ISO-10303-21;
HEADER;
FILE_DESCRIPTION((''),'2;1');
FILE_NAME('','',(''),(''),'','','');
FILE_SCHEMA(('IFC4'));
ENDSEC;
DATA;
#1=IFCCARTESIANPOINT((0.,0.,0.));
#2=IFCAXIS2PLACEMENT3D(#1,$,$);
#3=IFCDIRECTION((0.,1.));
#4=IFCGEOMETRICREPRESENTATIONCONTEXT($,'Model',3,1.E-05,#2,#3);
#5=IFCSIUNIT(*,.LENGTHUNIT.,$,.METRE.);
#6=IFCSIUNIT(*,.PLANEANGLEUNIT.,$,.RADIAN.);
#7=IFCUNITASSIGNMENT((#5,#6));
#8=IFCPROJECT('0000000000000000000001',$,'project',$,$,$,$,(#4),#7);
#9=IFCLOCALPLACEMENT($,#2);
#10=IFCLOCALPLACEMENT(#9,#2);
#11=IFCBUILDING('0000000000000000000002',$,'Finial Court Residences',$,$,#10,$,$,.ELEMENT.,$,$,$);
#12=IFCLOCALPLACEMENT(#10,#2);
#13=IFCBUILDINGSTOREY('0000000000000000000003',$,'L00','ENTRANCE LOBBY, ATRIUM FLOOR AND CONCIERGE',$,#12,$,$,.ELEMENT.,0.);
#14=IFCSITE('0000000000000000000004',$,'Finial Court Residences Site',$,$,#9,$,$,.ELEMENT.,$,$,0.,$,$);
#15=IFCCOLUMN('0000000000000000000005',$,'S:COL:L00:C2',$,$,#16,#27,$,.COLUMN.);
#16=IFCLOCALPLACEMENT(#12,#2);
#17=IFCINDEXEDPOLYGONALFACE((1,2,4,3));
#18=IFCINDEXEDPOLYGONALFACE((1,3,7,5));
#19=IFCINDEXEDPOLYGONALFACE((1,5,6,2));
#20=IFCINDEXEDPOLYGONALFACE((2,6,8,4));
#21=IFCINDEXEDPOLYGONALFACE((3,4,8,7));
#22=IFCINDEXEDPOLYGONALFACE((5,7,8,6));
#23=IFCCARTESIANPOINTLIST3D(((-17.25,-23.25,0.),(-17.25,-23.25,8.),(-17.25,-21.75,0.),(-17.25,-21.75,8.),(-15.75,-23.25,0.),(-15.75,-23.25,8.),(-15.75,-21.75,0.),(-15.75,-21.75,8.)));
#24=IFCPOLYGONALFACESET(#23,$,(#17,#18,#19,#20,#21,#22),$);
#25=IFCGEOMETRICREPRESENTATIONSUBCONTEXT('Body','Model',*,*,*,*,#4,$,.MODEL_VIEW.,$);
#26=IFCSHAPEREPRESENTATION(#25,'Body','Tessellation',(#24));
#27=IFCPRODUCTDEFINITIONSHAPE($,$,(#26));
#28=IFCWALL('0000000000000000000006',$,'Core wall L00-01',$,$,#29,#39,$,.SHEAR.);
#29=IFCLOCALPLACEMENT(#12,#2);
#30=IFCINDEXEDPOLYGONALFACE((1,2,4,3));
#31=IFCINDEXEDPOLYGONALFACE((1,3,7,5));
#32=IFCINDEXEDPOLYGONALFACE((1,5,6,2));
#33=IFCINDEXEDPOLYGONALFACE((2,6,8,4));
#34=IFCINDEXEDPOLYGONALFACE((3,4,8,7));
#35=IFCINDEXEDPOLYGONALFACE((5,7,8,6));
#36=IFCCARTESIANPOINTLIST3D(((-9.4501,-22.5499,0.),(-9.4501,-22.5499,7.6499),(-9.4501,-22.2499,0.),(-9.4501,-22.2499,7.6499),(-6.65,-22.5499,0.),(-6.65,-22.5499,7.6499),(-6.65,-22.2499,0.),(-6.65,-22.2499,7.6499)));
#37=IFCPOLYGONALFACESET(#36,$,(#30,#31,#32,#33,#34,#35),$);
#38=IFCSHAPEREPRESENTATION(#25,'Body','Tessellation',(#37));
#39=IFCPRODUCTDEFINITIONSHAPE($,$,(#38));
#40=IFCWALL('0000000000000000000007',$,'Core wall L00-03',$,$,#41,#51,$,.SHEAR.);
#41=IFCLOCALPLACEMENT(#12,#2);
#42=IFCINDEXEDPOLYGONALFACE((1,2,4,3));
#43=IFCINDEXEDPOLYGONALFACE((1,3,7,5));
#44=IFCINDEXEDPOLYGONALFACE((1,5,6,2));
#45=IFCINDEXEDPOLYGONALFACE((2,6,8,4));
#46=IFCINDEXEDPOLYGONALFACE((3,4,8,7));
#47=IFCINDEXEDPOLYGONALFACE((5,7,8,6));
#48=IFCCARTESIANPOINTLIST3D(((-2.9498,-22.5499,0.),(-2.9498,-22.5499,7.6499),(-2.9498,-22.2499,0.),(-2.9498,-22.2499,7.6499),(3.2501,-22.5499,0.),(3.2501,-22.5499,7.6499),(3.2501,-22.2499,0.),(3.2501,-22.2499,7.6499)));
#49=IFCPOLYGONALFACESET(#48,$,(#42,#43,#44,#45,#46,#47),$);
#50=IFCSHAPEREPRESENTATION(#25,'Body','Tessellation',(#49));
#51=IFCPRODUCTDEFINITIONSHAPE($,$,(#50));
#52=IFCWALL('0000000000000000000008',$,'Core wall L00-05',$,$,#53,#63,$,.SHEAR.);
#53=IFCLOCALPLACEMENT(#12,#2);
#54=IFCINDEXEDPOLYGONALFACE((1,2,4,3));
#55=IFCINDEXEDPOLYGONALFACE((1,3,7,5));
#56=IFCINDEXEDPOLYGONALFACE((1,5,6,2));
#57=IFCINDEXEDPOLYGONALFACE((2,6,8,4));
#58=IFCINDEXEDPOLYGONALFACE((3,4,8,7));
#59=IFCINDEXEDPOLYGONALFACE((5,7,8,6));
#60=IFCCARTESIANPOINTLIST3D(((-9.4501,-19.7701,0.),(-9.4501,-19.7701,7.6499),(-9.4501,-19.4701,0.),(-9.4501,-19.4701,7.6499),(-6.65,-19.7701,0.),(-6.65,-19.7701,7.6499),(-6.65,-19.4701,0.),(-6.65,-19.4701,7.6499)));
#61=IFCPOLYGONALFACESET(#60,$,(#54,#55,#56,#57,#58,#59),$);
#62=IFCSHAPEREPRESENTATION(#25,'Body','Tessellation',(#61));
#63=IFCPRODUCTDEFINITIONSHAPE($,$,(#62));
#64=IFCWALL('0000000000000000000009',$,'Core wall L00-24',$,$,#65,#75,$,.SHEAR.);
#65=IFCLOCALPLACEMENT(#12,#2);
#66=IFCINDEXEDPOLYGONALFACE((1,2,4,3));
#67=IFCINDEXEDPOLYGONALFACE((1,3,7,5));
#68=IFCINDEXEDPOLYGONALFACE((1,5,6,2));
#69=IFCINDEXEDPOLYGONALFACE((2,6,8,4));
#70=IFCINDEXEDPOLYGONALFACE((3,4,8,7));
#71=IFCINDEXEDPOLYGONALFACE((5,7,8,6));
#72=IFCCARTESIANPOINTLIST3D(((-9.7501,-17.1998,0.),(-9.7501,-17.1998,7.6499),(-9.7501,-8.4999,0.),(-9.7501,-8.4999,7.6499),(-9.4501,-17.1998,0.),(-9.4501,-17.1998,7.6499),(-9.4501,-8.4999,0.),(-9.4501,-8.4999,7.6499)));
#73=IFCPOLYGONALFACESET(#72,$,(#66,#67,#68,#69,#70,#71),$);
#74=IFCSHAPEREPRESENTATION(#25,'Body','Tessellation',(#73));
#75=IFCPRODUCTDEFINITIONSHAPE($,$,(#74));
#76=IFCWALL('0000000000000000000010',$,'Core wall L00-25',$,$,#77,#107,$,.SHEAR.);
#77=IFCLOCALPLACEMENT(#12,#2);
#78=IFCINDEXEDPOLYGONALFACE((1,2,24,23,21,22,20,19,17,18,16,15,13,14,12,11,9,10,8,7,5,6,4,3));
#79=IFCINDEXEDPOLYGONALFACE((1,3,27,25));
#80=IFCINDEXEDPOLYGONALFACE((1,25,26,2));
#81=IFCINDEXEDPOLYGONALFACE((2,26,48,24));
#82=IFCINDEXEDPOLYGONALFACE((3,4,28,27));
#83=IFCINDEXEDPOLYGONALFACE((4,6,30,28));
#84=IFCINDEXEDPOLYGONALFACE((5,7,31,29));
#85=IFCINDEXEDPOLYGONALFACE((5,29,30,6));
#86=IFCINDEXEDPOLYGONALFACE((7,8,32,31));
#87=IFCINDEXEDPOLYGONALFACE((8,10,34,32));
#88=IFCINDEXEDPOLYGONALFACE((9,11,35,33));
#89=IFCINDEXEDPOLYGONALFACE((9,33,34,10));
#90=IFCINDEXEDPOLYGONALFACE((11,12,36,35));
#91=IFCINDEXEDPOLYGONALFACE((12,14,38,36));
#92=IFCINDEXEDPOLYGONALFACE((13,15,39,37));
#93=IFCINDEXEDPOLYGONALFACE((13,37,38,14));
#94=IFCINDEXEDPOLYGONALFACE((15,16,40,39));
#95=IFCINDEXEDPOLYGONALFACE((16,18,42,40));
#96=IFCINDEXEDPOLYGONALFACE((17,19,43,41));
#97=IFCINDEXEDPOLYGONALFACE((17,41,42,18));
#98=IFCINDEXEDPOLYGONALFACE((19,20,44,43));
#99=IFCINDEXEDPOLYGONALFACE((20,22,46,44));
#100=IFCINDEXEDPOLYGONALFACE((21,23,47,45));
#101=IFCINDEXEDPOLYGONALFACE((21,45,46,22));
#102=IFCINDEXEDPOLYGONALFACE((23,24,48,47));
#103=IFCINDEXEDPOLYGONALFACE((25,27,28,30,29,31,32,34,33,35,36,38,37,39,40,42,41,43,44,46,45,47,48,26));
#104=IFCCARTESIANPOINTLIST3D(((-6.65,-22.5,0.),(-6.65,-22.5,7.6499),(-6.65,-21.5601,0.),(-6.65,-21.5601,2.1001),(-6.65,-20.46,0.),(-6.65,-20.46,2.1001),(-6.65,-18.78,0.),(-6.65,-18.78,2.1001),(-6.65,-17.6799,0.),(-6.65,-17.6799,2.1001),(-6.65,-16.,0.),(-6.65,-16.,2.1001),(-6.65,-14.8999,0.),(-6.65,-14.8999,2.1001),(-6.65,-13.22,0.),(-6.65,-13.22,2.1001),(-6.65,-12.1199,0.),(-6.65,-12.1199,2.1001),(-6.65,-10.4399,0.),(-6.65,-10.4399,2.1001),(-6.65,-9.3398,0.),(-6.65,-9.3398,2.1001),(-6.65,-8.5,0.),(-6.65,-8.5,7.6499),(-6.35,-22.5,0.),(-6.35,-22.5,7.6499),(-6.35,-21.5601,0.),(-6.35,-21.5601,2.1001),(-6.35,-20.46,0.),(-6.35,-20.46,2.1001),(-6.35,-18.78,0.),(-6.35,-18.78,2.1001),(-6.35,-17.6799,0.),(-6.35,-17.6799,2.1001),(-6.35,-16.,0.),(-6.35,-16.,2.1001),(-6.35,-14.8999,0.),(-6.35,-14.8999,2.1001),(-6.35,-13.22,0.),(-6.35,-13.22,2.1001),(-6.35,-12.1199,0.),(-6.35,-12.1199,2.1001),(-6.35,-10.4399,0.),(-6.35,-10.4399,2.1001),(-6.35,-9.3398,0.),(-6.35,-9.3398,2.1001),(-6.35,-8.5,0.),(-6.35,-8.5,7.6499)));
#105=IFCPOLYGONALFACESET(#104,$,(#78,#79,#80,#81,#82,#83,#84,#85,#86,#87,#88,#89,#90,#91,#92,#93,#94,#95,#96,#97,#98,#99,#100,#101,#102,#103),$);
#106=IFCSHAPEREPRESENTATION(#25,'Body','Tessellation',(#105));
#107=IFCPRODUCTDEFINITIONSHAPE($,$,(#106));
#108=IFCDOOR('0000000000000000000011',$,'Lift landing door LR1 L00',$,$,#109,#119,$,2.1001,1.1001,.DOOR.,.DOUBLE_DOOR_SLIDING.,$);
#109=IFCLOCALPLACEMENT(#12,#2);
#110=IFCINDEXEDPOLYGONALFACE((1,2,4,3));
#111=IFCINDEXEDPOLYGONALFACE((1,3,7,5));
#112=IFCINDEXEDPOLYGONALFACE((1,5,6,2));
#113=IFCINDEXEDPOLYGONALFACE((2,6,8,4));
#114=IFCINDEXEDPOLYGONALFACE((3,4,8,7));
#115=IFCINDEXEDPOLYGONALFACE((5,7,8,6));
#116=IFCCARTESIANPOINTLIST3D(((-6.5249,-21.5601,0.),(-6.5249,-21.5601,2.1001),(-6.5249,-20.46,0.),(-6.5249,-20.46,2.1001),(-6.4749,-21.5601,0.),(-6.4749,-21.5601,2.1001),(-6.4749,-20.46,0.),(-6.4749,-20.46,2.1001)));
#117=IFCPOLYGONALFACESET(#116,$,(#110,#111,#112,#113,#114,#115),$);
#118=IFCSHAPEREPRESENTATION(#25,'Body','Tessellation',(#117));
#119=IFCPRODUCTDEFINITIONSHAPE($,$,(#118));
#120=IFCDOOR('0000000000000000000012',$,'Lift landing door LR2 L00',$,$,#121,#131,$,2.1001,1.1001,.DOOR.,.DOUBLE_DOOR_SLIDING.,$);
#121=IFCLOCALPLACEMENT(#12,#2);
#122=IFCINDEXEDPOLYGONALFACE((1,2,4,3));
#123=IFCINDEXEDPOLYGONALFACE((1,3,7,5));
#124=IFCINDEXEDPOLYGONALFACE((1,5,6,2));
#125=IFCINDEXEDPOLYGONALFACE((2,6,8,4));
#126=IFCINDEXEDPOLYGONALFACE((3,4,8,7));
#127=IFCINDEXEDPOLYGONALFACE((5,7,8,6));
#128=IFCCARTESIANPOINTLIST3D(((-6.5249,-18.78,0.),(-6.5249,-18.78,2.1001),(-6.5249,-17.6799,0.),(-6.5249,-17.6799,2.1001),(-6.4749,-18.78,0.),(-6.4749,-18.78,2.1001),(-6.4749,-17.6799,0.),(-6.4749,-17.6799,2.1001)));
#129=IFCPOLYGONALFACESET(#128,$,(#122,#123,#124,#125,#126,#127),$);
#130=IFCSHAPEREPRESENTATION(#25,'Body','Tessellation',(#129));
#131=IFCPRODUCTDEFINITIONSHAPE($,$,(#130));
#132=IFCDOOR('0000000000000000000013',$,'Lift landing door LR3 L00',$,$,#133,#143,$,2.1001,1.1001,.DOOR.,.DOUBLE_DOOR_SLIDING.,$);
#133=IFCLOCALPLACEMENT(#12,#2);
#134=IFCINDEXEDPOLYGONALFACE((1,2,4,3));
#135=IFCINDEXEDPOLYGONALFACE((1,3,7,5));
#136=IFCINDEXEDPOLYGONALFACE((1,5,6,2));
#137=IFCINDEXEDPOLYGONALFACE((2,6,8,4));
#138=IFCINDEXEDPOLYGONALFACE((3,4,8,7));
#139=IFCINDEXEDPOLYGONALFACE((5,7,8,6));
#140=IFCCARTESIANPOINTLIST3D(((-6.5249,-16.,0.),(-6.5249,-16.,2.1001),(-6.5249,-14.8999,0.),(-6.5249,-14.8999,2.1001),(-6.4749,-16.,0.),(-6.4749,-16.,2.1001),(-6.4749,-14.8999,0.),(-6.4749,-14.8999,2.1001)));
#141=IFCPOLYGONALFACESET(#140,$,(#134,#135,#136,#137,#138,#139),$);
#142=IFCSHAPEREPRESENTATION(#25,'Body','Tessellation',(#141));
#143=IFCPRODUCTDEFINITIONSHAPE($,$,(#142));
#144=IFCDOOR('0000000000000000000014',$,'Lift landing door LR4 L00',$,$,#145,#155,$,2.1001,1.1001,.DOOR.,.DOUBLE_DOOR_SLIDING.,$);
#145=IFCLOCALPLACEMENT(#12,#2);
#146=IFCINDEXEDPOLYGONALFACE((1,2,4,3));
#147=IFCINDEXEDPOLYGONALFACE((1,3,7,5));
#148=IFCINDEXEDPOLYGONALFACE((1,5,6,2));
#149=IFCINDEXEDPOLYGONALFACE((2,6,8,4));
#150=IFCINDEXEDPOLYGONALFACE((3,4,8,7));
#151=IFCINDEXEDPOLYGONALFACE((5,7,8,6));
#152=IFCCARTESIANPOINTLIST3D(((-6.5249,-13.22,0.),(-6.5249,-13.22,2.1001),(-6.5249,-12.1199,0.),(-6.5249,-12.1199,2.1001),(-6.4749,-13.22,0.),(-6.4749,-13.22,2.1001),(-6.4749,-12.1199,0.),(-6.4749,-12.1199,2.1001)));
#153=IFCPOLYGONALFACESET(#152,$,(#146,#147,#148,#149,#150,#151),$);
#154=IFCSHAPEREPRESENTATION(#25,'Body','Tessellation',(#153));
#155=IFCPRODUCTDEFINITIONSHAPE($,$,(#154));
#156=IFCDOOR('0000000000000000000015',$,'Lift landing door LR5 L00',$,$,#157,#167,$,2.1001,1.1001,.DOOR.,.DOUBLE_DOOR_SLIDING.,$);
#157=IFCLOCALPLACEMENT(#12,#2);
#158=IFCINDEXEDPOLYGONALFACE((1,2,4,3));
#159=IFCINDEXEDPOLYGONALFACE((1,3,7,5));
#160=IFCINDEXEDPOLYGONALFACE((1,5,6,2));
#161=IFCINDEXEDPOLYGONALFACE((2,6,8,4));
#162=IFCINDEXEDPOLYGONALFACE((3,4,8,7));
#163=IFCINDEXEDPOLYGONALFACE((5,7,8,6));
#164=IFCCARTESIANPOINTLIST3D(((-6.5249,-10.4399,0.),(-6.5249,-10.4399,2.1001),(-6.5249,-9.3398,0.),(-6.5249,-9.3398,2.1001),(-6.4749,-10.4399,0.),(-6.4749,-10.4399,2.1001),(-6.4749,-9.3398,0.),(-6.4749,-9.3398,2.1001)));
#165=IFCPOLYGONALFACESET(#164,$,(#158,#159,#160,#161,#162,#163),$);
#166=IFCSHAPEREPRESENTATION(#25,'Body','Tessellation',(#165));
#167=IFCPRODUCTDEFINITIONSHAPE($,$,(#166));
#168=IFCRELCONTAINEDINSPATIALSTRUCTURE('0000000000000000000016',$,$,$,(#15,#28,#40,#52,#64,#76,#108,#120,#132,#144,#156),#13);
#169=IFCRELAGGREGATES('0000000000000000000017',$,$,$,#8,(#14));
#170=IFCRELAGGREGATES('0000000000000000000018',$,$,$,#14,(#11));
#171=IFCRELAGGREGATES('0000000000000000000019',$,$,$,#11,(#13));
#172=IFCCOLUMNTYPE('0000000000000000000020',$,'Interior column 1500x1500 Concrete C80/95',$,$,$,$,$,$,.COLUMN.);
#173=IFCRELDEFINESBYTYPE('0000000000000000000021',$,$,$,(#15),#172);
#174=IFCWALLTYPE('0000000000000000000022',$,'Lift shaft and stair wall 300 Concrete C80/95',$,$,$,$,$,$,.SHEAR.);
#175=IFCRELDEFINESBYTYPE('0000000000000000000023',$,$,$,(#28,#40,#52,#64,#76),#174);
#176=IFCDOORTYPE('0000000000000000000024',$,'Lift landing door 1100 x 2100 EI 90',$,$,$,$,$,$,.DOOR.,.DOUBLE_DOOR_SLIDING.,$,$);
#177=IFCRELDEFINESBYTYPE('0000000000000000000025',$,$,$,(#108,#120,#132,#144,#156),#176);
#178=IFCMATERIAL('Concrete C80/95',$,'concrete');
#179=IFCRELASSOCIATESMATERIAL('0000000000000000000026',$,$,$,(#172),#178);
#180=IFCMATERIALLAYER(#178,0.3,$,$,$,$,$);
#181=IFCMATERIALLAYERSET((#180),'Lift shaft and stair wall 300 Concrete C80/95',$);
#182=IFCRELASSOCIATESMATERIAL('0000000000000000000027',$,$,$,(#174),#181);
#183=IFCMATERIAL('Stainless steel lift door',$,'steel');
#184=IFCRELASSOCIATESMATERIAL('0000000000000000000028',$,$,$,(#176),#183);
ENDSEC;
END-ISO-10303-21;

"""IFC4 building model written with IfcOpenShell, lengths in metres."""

from ifc_helpers import new_model, si_unit, direction, frame, frame_2d, origin, origin_2d, place, context, subcontext, project, spatial, rectangle, extrude, material, layer, layer_set, material_profile, profile_set, type_object, element, fill, save


model = new_model("IFC4")

# Units and contexts
model_context = context("Model", 3, precision=1e-05, world=origin(), true_north=direction((0.0, 1.0)))
body_context = subcontext(model_context, "Body", "Model", "MODEL_VIEW")
ifc_project = project(units=[si_unit("LENGTHUNIT", "METRE"), si_unit("PLANEANGLEUNIT", "RADIAN")], contexts=[model_context])

# Site, building, storey
site_placement = place(None, origin())
site = spatial("IfcSite", under=ifc_project, at=site_placement, Name="Finial Court Residences Site", CompositionType="ELEMENT", RefElevation=0.0)
building_placement = place(site_placement, origin())
building = spatial("IfcBuilding", under=site, at=building_placement, Name="Finial Court Residences", CompositionType="ELEMENT")
storey_placement = place(building_placement, origin())
storey = spatial("IfcBuildingStorey", under=building, at=storey_placement, Name="L00", Description="ENTRANCE LOBBY, ATRIUM FLOOR AND CONCIERGE", CompositionType="ELEMENT", Elevation=0.0)

# Column
ifc_material_1 = material(Name="Concrete C80/95", Category="concrete")
ifc_material_profile = material_profile(ifc_material_1, rectangle(XDim=1.5, YDim=1.5, at=origin_2d()), Name="1500x1500")
ifc_profile_set = profile_set([ifc_material_profile], Name="Concrete C80/95")
column_type = type_object("IfcColumnType", Name="Interior column 1500x1500 Concrete C80/95", PredefinedType="COLUMN", material=ifc_profile_set)
column_placement = place(storey_placement, frame((-16.5, -22.5, 0.0), z_axis=(0.0, 0.0, 1.0), x_axis=(1.0, 0.0, 0.0)))
element("IfcColumn", 1, at=column_placement, inside=storey, type_object=column_type, Name="S:COL:L00:C2", PredefinedType="COLUMN", context=body_context, shape_type="SweptSolid", body=[
    extrude(rectangle(XDim=1.5, YDim=1.5, at=origin_2d()), origin(), (0.0, 0.0, 1.0), 8.0),
])

# Walls
ifc_layer_1 = layer(ifc_material_1, 0.3)
ifc_layer_set_1 = layer_set([ifc_layer_1], Name="Lift shaft and stair wall 300 Concrete C80/95")
wall_type_1 = type_object("IfcWallType", Name="Lift shaft and stair wall 300 Concrete C80/95", PredefinedType="SHEAR", material=ifc_layer_set_1)
wall_1_placement = place(storey_placement, frame((-9.45, -22.3999, 0.0), z_axis=(0.0, 0.0, 1.0), x_axis=(1.0, 0.0, 0.0)))
element("IfcWall", 2, at=wall_1_placement, inside=storey, type_object=wall_type_1, Name="Core wall L00-01", PredefinedType="SHEAR", context=body_context, shape_type="SweptSolid", body=[
    extrude(rectangle(XDim=2.8, YDim=0.3, at=frame_2d((1.3999, 0.0))), origin(), (0.0, 0.0, 1.0), 7.6499),
])
wall_2_placement = place(storey_placement, frame((-2.95, -22.3999, 0.0), z_axis=(0.0, 0.0, 1.0), x_axis=(1.0, 0.0, 0.0)))
element("IfcWall", 3, at=wall_2_placement, inside=storey, type_object=wall_type_1, Name="Core wall L00-03", PredefinedType="SHEAR", context=body_context, shape_type="SweptSolid", body=[
    extrude(rectangle(XDim=6.2, YDim=0.3, at=frame_2d((3.1001, 0.0))), origin(), (0.0, 0.0, 1.0), 7.6499),
])
wall_3_placement = place(storey_placement, frame((-9.45, -19.6201, 0.0), z_axis=(0.0, 0.0, 1.0), x_axis=(1.0, 0.0, 0.0)))
element("IfcWall", 4, at=wall_3_placement, inside=storey, type_object=wall_type_1, Name="Core wall L00-05", PredefinedType="SHEAR", context=body_context, shape_type="SweptSolid", body=[
    extrude(rectangle(XDim=2.8, YDim=0.3, at=frame_2d((1.3999, 0.0))), origin(), (0.0, 0.0, 1.0), 7.6499),
])
wall_4_placement = place(storey_placement, frame((-9.6001, -17.2, 0.0), z_axis=(0.0, 0.0, 1.0), x_axis=(0.0, 1.0, 0.0)))
element("IfcWall", 5, at=wall_4_placement, inside=storey, type_object=wall_type_1, Name="Core wall L00-24", PredefinedType="SHEAR", context=body_context, shape_type="SweptSolid", body=[
    extrude(rectangle(XDim=8.7, YDim=0.3, at=frame_2d((4.3501, 0.0))), origin(), (0.0, 0.0, 1.0), 7.6499),
])

# Wall, openings, doors
wall_5_placement = place(storey_placement, frame((-6.5, -22.5, 0.0), z_axis=(0.0, 0.0, 1.0), x_axis=(0.0, 1.0, 0.0)))
wall_5 = element("IfcWall", 6, at=wall_5_placement, inside=storey, type_object=wall_type_1, Name="Core wall L00-25", PredefinedType="SHEAR", context=body_context, shape_type="SweptSolid", body=[
    extrude(rectangle(XDim=14.0, YDim=0.3, at=frame_2d((7.0, 0.0))), origin(), (0.0, 0.0, 1.0), 7.6499),
])
opening_1_placement = place(wall_5_placement, frame((0.9399, 0.0, 0.0)))
opening_1 = element("IfcOpeningElement", 7, at=opening_1_placement, cuts=wall_5, PredefinedType="OPENING", context=body_context, shape_type="SweptSolid", body=[
    extrude(rectangle(XDim=1.1001, YDim=2.1001, at=frame_2d((0.55, 1.05))), frame((0.0, 0.1599, 0.0), z_axis=(0.0, -1.0, 0.0), x_axis=(1.0, 0.0, 0.0)), (0.0, 0.0, 1.0), 0.3201),
])
opening_2_placement = place(wall_5_placement, frame((3.72, 0.0, 0.0)))
opening_2 = element("IfcOpeningElement", 8, at=opening_2_placement, cuts=wall_5, PredefinedType="OPENING", context=body_context, shape_type="SweptSolid", body=[
    extrude(rectangle(XDim=1.1001, YDim=2.1001, at=frame_2d((0.55, 1.05))), frame((0.0, 0.1599, 0.0), z_axis=(0.0, -1.0, 0.0), x_axis=(1.0, 0.0, 0.0)), (0.0, 0.0, 1.0), 0.3201),
])
opening_3_placement = place(wall_5_placement, frame((6.5, 0.0, 0.0)))
opening_3 = element("IfcOpeningElement", 9, at=opening_3_placement, cuts=wall_5, PredefinedType="OPENING", context=body_context, shape_type="SweptSolid", body=[
    extrude(rectangle(XDim=1.1001, YDim=2.1001, at=frame_2d((0.55, 1.05))), frame((0.0, 0.1599, 0.0), z_axis=(0.0, -1.0, 0.0), x_axis=(1.0, 0.0, 0.0)), (0.0, 0.0, 1.0), 0.3201),
])
opening_4_placement = place(wall_5_placement, frame((9.28, 0.0, 0.0)))
opening_4 = element("IfcOpeningElement", 10, at=opening_4_placement, cuts=wall_5, PredefinedType="OPENING", context=body_context, shape_type="SweptSolid", body=[
    extrude(rectangle(XDim=1.1001, YDim=2.1001, at=frame_2d((0.55, 1.05))), frame((0.0, 0.1599, 0.0), z_axis=(0.0, -1.0, 0.0), x_axis=(1.0, 0.0, 0.0)), (0.0, 0.0, 1.0), 0.3201),
])
opening_5_placement = place(wall_5_placement, frame((12.0601, 0.0, 0.0)))
opening_5 = element("IfcOpeningElement", 11, at=opening_5_placement, cuts=wall_5, PredefinedType="OPENING", context=body_context, shape_type="SweptSolid", body=[
    extrude(rectangle(XDim=1.1001, YDim=2.1001, at=frame_2d((0.55, 1.05))), frame((0.0, 0.1599, 0.0), z_axis=(0.0, -1.0, 0.0), x_axis=(1.0, 0.0, 0.0)), (0.0, 0.0, 1.0), 0.3201),
])
ifc_material_2 = material(Name="Stainless steel lift door", Category="steel")
door_type_1 = type_object("IfcDoorType", Name="Lift landing door 1100 x 2100 EI 90", OperationType="DOUBLE_DOOR_SLIDING", PredefinedType="DOOR", material=ifc_material_2)
door_1_placement = place(opening_1_placement, origin())
door_1 = element("IfcDoor", 12, at=door_1_placement, inside=storey, type_object=door_type_1, Name="Lift landing door LR1 L00", OperationType="DOUBLE_DOOR_SLIDING", OverallHeight=2.1001, OverallWidth=1.1001, PredefinedType="DOOR", context=body_context, shape_type="SweptSolid", body=[
    extrude(rectangle(XDim=1.1001, YDim=2.1001, at=frame_2d((0.55, 1.05))), frame((0.0, 0.0249, 0.0), z_axis=(0.0, -1.0, 0.0), x_axis=(1.0, 0.0, 0.0)), (0.0, 0.0, 1.0), 0.05),
])
fill(opening_1, door_1)
door_2_placement = place(opening_2_placement, origin())
door_2 = element("IfcDoor", 13, at=door_2_placement, inside=storey, type_object=door_type_1, Name="Lift landing door LR2 L00", OperationType="DOUBLE_DOOR_SLIDING", OverallHeight=2.1001, OverallWidth=1.1001, PredefinedType="DOOR", context=body_context, shape_type="SweptSolid", body=[
    extrude(rectangle(XDim=1.1001, YDim=2.1001, at=frame_2d((0.55, 1.05))), frame((0.0, 0.0249, 0.0), z_axis=(0.0, -1.0, 0.0), x_axis=(1.0, 0.0, 0.0)), (0.0, 0.0, 1.0), 0.05),
])
fill(opening_2, door_2)
door_3_placement = place(opening_3_placement, origin())
door_3 = element("IfcDoor", 14, at=door_3_placement, inside=storey, type_object=door_type_1, Name="Lift landing door LR3 L00", OperationType="DOUBLE_DOOR_SLIDING", OverallHeight=2.1001, OverallWidth=1.1001, PredefinedType="DOOR", context=body_context, shape_type="SweptSolid", body=[
    extrude(rectangle(XDim=1.1001, YDim=2.1001, at=frame_2d((0.55, 1.05))), frame((0.0, 0.0249, 0.0), z_axis=(0.0, -1.0, 0.0), x_axis=(1.0, 0.0, 0.0)), (0.0, 0.0, 1.0), 0.05),
])
fill(opening_3, door_3)
door_4_placement = place(opening_4_placement, origin())
door_4 = element("IfcDoor", 15, at=door_4_placement, inside=storey, type_object=door_type_1, Name="Lift landing door LR4 L00", OperationType="DOUBLE_DOOR_SLIDING", OverallHeight=2.1001, OverallWidth=1.1001, PredefinedType="DOOR", context=body_context, shape_type="SweptSolid", body=[
    extrude(rectangle(XDim=1.1001, YDim=2.1001, at=frame_2d((0.55, 1.05))), frame((0.0, 0.0249, 0.0), z_axis=(0.0, -1.0, 0.0), x_axis=(1.0, 0.0, 0.0)), (0.0, 0.0, 1.0), 0.05),
])
fill(opening_4, door_4)
door_5_placement = place(opening_5_placement, origin())
door_5 = element("IfcDoor", 16, at=door_5_placement, inside=storey, type_object=door_type_1, Name="Lift landing door LR5 L00", OperationType="DOUBLE_DOOR_SLIDING", OverallHeight=2.1001, OverallWidth=1.1001, PredefinedType="DOOR", context=body_context, shape_type="SweptSolid", body=[
    extrude(rectangle(XDim=1.1001, YDim=2.1001, at=frame_2d((0.55, 1.05))), frame((0.0, 0.0249, 0.0), z_axis=(0.0, -1.0, 0.0), x_axis=(1.0, 0.0, 0.0)), (0.0, 0.0, 1.0), 0.05),
])
fill(opening_5, door_5)

save(model, "model.ifc")
